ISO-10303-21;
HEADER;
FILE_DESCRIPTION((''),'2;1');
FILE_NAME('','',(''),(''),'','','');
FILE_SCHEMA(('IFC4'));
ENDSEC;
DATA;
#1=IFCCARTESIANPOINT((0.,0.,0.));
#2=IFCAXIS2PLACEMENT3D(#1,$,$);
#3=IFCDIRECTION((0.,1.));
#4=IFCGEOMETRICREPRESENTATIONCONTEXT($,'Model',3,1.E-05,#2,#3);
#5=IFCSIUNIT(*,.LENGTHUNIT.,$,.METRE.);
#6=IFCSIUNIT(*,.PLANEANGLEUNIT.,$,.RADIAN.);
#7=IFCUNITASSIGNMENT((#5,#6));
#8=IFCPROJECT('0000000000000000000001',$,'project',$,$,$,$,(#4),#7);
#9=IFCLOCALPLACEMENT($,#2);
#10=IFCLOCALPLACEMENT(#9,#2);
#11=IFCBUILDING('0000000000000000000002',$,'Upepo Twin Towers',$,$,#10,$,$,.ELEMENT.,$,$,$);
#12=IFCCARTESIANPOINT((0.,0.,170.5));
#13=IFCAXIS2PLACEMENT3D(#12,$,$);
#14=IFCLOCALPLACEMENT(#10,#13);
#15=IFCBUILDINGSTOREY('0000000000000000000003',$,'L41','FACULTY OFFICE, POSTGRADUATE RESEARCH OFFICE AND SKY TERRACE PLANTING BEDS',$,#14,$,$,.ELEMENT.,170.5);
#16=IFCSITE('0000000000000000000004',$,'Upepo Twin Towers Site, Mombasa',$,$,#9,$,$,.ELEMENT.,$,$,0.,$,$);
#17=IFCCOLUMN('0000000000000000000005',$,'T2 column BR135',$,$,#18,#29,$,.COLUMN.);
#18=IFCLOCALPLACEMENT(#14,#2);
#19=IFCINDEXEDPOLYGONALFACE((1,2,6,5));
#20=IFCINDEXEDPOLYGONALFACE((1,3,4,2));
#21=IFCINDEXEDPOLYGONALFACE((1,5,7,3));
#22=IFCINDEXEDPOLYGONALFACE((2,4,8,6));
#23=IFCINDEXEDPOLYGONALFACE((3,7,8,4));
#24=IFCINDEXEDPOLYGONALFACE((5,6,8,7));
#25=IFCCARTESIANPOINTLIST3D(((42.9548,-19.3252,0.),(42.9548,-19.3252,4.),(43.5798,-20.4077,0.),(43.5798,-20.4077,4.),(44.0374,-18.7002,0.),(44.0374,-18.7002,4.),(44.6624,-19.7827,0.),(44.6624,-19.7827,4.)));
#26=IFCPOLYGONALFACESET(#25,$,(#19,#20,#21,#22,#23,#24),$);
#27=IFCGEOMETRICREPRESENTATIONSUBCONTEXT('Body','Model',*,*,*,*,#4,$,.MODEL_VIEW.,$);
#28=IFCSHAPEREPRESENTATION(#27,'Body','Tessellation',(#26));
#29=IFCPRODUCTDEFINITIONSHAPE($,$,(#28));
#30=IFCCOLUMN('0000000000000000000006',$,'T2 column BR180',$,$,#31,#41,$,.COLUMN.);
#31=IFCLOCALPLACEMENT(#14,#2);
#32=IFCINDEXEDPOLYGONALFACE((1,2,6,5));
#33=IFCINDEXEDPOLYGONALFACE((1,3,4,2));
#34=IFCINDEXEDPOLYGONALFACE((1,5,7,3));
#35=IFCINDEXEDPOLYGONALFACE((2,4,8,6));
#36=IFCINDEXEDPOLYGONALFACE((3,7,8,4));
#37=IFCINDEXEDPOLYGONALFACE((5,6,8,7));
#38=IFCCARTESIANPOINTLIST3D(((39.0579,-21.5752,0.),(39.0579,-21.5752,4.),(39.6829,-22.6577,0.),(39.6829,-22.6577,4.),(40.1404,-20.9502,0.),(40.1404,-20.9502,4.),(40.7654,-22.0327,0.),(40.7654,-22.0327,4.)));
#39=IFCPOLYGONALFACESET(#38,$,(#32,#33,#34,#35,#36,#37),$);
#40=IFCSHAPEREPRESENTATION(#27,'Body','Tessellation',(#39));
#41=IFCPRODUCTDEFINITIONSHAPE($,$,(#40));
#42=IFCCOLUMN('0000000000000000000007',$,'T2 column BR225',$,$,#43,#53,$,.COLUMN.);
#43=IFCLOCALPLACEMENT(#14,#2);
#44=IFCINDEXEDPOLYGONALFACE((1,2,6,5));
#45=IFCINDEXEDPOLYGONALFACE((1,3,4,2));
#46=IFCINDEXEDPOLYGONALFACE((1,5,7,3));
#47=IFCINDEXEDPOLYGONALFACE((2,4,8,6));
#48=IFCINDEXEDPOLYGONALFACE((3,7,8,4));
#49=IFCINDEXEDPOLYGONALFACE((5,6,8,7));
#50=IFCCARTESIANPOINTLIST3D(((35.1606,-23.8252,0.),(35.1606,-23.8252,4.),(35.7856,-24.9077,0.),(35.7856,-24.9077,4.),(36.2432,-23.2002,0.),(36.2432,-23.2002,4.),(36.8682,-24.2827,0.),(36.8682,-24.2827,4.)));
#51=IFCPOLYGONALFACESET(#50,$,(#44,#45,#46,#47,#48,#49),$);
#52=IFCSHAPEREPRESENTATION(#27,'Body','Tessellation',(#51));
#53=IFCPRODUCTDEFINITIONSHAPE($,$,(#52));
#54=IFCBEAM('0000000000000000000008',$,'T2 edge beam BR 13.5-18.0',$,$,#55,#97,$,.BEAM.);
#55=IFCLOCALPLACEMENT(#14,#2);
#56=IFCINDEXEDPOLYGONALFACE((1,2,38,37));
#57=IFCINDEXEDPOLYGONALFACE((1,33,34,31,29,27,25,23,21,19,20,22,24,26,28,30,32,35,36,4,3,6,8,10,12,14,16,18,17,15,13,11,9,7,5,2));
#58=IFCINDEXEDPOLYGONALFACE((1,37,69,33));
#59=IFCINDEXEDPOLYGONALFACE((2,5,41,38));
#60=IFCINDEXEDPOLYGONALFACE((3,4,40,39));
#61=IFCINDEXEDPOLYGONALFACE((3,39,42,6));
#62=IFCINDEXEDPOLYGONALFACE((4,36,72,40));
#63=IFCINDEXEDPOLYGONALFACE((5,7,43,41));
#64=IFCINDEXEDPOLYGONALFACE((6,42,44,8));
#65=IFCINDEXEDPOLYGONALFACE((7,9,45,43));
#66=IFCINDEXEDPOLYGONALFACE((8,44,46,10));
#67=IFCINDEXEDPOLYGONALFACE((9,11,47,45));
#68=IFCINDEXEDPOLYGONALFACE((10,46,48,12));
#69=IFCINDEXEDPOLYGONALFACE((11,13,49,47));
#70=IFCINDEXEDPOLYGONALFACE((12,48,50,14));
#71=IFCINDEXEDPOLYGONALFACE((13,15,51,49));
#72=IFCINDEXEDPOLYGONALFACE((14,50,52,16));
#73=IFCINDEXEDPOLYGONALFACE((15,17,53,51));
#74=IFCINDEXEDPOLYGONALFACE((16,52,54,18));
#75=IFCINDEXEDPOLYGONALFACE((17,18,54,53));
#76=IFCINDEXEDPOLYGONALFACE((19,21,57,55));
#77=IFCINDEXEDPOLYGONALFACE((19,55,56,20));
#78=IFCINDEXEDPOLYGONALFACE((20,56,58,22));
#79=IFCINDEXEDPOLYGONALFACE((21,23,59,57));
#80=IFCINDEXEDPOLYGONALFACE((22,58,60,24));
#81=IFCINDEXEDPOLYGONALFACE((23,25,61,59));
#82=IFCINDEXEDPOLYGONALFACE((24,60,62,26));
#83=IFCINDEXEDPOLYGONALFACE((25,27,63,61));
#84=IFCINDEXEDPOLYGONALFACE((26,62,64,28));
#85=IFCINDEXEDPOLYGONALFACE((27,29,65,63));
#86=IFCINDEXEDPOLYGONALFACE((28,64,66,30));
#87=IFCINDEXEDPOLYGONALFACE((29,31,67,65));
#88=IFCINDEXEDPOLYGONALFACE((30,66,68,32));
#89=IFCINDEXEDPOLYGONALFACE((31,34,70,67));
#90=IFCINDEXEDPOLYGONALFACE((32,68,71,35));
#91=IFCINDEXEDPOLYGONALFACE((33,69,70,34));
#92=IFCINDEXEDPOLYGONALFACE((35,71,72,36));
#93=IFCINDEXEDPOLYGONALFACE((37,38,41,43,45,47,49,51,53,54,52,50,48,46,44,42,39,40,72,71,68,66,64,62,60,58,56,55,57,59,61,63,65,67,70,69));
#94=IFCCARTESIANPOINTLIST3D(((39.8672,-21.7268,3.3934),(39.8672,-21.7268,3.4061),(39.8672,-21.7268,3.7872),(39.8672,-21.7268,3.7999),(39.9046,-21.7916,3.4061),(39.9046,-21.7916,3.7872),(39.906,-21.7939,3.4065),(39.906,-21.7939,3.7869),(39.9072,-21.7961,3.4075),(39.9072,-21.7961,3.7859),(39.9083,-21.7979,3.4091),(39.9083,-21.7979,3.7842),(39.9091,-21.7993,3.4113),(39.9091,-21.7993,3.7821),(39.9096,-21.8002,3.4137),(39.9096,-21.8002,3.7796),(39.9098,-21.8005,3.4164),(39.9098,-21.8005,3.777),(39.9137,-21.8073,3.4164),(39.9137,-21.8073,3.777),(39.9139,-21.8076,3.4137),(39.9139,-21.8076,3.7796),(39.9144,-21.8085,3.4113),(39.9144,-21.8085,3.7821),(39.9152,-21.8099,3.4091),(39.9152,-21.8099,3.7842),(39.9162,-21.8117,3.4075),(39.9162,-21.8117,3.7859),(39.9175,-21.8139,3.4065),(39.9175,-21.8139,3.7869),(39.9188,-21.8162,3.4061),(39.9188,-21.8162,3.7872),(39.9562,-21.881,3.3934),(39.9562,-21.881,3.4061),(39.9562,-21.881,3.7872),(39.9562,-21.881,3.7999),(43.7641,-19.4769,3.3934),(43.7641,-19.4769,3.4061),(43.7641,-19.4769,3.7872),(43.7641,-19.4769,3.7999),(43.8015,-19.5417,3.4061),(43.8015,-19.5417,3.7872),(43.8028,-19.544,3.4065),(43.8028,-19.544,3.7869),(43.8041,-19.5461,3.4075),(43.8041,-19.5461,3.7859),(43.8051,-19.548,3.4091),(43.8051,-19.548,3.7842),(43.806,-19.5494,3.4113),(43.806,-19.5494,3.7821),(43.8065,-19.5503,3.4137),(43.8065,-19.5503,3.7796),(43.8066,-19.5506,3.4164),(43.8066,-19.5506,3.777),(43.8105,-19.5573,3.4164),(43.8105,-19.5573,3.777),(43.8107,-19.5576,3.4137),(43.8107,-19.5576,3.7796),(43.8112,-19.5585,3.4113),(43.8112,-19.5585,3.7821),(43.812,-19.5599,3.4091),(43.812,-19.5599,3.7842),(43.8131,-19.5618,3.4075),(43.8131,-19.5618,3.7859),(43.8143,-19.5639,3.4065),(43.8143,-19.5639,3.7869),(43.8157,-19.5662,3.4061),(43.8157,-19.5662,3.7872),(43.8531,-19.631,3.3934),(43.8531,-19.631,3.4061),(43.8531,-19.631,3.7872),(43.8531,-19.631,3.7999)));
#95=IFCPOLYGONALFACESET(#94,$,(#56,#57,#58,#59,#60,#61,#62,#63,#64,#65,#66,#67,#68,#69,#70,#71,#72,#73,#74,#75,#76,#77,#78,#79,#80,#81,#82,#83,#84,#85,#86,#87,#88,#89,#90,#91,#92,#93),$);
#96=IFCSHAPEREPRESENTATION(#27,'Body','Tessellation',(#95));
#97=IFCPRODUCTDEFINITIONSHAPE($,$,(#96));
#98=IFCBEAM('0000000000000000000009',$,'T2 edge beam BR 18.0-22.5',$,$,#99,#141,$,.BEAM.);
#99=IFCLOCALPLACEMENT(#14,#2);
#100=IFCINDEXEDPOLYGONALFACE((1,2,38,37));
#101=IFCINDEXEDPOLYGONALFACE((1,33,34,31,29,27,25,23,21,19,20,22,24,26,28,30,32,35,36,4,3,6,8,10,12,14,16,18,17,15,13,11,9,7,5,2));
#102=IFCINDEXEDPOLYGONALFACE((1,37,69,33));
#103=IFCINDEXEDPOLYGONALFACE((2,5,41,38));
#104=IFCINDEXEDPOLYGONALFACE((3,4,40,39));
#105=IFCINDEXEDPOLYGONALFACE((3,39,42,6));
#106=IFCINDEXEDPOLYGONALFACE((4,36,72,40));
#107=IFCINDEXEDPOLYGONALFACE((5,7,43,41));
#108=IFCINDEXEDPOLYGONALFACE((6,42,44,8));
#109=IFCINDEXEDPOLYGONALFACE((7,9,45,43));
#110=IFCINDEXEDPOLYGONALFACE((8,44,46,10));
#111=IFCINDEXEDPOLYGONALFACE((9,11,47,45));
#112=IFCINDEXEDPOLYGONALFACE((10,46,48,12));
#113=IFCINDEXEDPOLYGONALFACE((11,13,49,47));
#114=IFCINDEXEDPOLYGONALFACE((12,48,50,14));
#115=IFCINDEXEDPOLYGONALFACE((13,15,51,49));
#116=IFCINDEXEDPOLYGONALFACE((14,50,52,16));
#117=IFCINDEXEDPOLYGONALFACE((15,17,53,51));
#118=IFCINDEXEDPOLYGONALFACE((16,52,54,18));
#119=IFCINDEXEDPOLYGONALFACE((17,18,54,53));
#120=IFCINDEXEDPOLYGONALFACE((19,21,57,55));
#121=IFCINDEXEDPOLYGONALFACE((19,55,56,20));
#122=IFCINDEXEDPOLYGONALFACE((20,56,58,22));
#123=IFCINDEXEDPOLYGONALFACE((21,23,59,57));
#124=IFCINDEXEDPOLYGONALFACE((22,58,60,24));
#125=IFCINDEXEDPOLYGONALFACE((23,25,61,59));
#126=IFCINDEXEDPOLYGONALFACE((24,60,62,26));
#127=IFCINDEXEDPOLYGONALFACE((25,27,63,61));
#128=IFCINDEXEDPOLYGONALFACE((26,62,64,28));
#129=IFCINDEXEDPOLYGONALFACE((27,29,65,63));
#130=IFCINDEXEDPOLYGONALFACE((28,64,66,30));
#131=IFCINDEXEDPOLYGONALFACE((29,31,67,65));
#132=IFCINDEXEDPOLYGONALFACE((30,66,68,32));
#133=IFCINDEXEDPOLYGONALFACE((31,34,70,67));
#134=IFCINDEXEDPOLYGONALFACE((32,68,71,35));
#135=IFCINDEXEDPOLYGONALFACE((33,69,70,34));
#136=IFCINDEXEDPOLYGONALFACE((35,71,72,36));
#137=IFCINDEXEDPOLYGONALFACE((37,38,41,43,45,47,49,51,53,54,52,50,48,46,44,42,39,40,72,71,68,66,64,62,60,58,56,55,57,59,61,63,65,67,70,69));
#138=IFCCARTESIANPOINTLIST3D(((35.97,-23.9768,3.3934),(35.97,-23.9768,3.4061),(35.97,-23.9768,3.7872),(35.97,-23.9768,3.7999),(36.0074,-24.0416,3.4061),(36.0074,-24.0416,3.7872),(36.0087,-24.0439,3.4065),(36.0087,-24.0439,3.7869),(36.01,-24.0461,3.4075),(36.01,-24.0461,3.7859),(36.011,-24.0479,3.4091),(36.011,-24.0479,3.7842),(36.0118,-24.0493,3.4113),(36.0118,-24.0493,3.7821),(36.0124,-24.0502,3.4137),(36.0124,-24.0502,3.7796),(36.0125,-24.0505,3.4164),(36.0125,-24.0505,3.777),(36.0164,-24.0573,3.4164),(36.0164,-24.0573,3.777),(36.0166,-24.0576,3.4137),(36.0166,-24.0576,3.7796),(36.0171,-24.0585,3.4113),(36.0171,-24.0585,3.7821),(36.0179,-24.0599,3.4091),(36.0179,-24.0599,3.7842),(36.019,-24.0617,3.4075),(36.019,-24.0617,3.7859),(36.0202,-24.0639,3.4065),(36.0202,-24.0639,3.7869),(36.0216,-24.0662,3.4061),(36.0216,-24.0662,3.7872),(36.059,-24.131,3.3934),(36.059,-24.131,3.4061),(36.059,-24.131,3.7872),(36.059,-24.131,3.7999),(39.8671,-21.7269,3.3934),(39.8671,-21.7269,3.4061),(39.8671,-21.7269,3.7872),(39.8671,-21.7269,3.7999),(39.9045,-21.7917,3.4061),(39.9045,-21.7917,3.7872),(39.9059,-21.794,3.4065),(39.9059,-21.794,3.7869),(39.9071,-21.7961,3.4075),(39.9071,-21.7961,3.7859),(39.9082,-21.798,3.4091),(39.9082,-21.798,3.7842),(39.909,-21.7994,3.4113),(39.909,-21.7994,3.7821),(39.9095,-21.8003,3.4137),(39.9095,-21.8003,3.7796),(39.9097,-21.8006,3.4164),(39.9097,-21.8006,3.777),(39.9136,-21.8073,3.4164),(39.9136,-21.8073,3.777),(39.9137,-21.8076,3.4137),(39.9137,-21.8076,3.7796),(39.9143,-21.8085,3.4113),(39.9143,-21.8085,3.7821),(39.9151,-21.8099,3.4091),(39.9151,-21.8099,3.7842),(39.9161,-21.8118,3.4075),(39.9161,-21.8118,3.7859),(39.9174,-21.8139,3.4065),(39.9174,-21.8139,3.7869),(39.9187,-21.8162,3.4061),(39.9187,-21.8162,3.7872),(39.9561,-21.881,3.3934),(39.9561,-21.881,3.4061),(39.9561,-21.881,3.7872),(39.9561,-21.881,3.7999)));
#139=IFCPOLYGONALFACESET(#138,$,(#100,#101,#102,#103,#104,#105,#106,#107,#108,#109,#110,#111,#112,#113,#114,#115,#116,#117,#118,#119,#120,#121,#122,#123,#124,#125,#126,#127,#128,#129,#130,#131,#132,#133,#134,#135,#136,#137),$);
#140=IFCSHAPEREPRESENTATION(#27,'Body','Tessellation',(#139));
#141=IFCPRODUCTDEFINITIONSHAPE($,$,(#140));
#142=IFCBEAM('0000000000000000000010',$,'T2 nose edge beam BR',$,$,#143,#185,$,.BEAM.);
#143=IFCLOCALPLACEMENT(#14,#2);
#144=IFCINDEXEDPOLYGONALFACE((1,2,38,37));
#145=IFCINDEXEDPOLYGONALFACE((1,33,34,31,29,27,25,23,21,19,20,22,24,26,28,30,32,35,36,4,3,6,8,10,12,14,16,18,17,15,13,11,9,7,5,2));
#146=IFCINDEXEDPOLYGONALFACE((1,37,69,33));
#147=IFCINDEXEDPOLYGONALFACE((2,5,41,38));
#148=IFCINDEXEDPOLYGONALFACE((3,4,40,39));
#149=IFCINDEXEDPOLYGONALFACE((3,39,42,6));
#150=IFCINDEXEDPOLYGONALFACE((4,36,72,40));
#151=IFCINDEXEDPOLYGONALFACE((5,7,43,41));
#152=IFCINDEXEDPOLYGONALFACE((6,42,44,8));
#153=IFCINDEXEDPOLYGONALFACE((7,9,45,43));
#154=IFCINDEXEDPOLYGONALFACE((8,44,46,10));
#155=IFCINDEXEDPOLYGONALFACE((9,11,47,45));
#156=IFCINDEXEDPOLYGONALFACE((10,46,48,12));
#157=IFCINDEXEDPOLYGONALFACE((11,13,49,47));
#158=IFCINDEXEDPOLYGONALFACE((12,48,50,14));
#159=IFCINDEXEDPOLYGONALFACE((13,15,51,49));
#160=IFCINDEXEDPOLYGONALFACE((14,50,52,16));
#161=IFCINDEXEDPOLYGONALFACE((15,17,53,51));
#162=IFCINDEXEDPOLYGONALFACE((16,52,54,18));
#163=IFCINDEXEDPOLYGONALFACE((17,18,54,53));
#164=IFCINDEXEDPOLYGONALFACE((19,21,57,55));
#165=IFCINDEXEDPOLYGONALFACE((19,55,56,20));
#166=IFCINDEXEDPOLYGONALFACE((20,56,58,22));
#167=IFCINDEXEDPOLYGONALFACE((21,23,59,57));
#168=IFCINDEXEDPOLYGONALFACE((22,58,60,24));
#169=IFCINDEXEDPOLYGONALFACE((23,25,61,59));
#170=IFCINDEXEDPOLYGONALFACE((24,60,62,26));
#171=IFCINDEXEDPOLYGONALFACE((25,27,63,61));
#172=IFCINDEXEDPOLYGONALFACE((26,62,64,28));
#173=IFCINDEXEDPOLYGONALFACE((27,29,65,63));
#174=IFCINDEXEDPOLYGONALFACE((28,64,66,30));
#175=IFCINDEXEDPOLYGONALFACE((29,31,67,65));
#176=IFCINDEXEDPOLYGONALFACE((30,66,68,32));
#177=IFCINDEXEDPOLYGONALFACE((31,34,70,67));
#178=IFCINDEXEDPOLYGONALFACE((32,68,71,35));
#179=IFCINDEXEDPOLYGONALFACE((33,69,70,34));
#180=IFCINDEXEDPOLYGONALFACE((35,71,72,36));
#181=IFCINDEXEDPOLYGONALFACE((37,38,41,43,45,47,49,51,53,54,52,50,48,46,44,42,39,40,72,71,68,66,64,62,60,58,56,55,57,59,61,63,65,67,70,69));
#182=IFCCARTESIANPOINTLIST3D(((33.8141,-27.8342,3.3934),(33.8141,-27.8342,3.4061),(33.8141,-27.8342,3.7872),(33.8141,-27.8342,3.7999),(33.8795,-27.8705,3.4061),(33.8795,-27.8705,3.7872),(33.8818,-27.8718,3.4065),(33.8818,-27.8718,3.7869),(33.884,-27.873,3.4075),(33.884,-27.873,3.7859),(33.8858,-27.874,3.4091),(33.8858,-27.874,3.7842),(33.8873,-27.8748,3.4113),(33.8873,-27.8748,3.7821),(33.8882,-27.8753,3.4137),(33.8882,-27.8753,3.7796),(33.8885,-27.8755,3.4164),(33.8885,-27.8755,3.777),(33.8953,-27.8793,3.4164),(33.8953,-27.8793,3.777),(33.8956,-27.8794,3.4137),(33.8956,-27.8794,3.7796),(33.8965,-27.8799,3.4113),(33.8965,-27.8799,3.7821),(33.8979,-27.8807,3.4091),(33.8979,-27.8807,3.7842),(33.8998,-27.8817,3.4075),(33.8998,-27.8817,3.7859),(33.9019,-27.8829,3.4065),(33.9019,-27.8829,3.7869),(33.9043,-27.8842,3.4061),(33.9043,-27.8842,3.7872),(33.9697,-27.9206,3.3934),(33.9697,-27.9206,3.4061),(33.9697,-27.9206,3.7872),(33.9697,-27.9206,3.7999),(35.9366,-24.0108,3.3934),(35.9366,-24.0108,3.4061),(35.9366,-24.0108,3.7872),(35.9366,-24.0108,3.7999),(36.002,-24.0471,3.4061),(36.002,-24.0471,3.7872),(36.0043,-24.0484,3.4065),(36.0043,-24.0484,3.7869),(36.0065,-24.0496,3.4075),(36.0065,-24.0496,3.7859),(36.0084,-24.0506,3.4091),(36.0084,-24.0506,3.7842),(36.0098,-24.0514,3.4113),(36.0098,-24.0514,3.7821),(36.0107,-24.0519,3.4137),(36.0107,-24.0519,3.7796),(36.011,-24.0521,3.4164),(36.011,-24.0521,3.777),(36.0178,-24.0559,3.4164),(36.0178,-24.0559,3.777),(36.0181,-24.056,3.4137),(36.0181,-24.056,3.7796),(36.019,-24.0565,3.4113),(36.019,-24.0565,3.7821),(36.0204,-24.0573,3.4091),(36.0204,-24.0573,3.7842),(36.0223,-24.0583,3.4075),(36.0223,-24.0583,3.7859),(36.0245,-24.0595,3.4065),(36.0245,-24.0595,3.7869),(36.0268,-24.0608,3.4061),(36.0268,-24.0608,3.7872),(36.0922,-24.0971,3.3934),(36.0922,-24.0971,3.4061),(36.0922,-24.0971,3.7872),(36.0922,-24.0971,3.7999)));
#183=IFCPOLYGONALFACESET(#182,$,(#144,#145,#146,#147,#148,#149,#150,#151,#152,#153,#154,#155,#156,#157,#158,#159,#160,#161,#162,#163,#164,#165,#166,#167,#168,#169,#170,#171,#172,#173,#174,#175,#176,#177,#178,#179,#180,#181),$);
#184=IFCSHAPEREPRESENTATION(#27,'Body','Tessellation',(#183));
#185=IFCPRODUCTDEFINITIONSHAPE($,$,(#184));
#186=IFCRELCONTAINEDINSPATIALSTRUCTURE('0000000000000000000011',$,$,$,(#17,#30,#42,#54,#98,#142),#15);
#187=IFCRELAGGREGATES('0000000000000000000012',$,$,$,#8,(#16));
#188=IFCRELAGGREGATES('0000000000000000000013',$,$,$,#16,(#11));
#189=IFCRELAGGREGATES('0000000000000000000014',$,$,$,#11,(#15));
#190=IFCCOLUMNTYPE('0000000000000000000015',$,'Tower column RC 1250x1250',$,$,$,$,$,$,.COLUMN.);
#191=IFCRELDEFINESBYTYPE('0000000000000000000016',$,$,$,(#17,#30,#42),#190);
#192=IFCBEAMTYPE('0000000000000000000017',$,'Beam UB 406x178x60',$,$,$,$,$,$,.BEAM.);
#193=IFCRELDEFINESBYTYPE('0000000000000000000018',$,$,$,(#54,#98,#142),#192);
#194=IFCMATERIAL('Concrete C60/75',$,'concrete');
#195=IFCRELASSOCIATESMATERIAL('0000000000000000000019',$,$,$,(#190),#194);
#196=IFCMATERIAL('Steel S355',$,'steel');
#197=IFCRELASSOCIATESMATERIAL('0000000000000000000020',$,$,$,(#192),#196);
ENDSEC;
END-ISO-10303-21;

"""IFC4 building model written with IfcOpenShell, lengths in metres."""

from ifc_helpers import new_model, si_unit, direction, frame, origin, origin_2d, place, context, subcontext, project, spatial, rectangle, i_section, extrude, material, material_profile, profile_set, type_object, element, save


model = new_model("IFC4")

# Units and contexts
model_context = context("Model", 3, precision=1e-05, world=origin(), true_north=direction((0.0, 1.0)))
body_context = subcontext(model_context, "Body", "Model", "MODEL_VIEW")
ifc_project = project(units=[si_unit("LENGTHUNIT", "METRE"), si_unit("PLANEANGLEUNIT", "RADIAN")], contexts=[model_context])

# Site, building, storey
site_placement = place(None, origin())
site = spatial("IfcSite", under=ifc_project, at=site_placement, Name="Upepo Twin Towers Site, Mombasa", CompositionType="ELEMENT", RefElevation=0.0)
building_placement = place(site_placement, origin())
building = spatial("IfcBuilding", under=site, at=building_placement, Name="Upepo Twin Towers", CompositionType="ELEMENT")
storey_placement = place(building_placement, frame((0.0, 0.0, 170.5)))
storey = spatial("IfcBuildingStorey", under=building, at=storey_placement, Name="L41", Description="FACULTY OFFICE, POSTGRADUATE RESEARCH OFFICE AND SKY TERRACE PLANTING BEDS", CompositionType="ELEMENT", Elevation=170.5)

# Columns
ifc_material_1 = material(Name="Concrete C60/75", Category="concrete")
ifc_material_profile_1 = material_profile(ifc_material_1, rectangle(XDim=1.25, YDim=1.25, at=origin_2d()), Name="RC 1250x1250")
ifc_profile_set_1 = profile_set([ifc_material_profile_1], Name="Concrete C60/75")
column_type = type_object("IfcColumnType", Name="Tower column RC 1250x1250", PredefinedType="COLUMN", material=ifc_profile_set_1)
for number, where, z_axis, x_axis, name in (
    (1, (43.8086, -19.554, 0.0), (0.0, 0.0, 1.0), (0.866025, 0.5, 0.0), "T2 column BR135"),
    (2, (39.9116, -21.804, 0.0), (0.0, 0.0, 1.0), (0.866025, 0.5, 0.0), "T2 column BR180"),
    (3, (36.0144, -24.054, 0.0), (0.0, 0.0, 1.0), (0.866025, 0.5, 0.0), "T2 column BR225"),
):
    element("IfcColumn", number, at=place(storey_placement, frame(where, z_axis=z_axis, x_axis=x_axis)), inside=storey, type_object=column_type, Name=name, PredefinedType="COLUMN", context=body_context, shape_type="SweptSolid", body=[
        extrude(rectangle(XDim=1.25, YDim=1.25, at=origin_2d()), origin(), (0.0, 0.0, 1.0), 4.0),
    ])

# Beams
ifc_material_2 = material(Name="Steel S355", Category="steel")
ifc_material_profile_2 = material_profile(ifc_material_2, i_section(OverallWidth=0.178, OverallDepth=0.4065, WebThickness=0.0078, FlangeThickness=0.0127, FilletRadius=0.0103, at=origin_2d()), Name="UB 406x178x60")
ifc_profile_set_2 = profile_set([ifc_material_profile_2], Name="Steel S355")
beam_type_1 = type_object("IfcBeamType", Name="Beam UB 406x178x60", PredefinedType="BEAM", material=ifc_profile_set_2)
beam_1_placement = place(storey_placement, frame((43.8086, -19.554, 3.5967), z_axis=(-0.866018, -0.500014, 0.0), x_axis=(0.500014, -0.866018, 0.0)))
element("IfcBeam", 4, at=beam_1_placement, inside=storey, type_object=beam_type_1, Name="T2 edge beam BR 13.5-18.0", PredefinedType="BEAM", context=body_context, shape_type="SweptSolid", body=[
    extrude(i_section(OverallWidth=0.178, OverallDepth=0.4065, WebThickness=0.0078, FlangeThickness=0.0127, FilletRadius=0.0103, at=origin_2d()), origin(), (0.0, 0.0, 1.0), 4.4998),
])
beam_2_placement = place(storey_placement, frame((39.9116, -21.804, 3.5967), z_axis=(-0.866031, -0.49999, 0.0), x_axis=(0.49999, -0.866031, 0.0)))
element("IfcBeam", 5, at=beam_2_placement, inside=storey, type_object=beam_type_1, Name="T2 edge beam BR 18.0-22.5", PredefinedType="BEAM", context=body_context, shape_type="SweptSolid", body=[
    extrude(i_section(OverallWidth=0.178, OverallDepth=0.4065, WebThickness=0.0078, FlangeThickness=0.0127, FilletRadius=0.0103, at=origin_2d()), origin(), (0.0, 0.0, 1.0), 4.5),
])
beam_3_placement = place(storey_placement, frame((36.0144, -24.054, 3.5967), z_axis=(-0.485363, -0.874313, 0.0), x_axis=(0.874313, -0.485363, 0.0)))
element("IfcBeam", 6, at=beam_3_placement, inside=storey, type_object=beam_type_1, Name="T2 nose edge beam BR", PredefinedType="BEAM", context=body_context, shape_type="SweptSolid", body=[
    extrude(i_section(OverallWidth=0.178, OverallDepth=0.4065, WebThickness=0.0078, FlangeThickness=0.0127, FilletRadius=0.0103, at=origin_2d()), origin(), (0.0, 0.0, 1.0), 4.373),
])

save(model, "model.ifc")
